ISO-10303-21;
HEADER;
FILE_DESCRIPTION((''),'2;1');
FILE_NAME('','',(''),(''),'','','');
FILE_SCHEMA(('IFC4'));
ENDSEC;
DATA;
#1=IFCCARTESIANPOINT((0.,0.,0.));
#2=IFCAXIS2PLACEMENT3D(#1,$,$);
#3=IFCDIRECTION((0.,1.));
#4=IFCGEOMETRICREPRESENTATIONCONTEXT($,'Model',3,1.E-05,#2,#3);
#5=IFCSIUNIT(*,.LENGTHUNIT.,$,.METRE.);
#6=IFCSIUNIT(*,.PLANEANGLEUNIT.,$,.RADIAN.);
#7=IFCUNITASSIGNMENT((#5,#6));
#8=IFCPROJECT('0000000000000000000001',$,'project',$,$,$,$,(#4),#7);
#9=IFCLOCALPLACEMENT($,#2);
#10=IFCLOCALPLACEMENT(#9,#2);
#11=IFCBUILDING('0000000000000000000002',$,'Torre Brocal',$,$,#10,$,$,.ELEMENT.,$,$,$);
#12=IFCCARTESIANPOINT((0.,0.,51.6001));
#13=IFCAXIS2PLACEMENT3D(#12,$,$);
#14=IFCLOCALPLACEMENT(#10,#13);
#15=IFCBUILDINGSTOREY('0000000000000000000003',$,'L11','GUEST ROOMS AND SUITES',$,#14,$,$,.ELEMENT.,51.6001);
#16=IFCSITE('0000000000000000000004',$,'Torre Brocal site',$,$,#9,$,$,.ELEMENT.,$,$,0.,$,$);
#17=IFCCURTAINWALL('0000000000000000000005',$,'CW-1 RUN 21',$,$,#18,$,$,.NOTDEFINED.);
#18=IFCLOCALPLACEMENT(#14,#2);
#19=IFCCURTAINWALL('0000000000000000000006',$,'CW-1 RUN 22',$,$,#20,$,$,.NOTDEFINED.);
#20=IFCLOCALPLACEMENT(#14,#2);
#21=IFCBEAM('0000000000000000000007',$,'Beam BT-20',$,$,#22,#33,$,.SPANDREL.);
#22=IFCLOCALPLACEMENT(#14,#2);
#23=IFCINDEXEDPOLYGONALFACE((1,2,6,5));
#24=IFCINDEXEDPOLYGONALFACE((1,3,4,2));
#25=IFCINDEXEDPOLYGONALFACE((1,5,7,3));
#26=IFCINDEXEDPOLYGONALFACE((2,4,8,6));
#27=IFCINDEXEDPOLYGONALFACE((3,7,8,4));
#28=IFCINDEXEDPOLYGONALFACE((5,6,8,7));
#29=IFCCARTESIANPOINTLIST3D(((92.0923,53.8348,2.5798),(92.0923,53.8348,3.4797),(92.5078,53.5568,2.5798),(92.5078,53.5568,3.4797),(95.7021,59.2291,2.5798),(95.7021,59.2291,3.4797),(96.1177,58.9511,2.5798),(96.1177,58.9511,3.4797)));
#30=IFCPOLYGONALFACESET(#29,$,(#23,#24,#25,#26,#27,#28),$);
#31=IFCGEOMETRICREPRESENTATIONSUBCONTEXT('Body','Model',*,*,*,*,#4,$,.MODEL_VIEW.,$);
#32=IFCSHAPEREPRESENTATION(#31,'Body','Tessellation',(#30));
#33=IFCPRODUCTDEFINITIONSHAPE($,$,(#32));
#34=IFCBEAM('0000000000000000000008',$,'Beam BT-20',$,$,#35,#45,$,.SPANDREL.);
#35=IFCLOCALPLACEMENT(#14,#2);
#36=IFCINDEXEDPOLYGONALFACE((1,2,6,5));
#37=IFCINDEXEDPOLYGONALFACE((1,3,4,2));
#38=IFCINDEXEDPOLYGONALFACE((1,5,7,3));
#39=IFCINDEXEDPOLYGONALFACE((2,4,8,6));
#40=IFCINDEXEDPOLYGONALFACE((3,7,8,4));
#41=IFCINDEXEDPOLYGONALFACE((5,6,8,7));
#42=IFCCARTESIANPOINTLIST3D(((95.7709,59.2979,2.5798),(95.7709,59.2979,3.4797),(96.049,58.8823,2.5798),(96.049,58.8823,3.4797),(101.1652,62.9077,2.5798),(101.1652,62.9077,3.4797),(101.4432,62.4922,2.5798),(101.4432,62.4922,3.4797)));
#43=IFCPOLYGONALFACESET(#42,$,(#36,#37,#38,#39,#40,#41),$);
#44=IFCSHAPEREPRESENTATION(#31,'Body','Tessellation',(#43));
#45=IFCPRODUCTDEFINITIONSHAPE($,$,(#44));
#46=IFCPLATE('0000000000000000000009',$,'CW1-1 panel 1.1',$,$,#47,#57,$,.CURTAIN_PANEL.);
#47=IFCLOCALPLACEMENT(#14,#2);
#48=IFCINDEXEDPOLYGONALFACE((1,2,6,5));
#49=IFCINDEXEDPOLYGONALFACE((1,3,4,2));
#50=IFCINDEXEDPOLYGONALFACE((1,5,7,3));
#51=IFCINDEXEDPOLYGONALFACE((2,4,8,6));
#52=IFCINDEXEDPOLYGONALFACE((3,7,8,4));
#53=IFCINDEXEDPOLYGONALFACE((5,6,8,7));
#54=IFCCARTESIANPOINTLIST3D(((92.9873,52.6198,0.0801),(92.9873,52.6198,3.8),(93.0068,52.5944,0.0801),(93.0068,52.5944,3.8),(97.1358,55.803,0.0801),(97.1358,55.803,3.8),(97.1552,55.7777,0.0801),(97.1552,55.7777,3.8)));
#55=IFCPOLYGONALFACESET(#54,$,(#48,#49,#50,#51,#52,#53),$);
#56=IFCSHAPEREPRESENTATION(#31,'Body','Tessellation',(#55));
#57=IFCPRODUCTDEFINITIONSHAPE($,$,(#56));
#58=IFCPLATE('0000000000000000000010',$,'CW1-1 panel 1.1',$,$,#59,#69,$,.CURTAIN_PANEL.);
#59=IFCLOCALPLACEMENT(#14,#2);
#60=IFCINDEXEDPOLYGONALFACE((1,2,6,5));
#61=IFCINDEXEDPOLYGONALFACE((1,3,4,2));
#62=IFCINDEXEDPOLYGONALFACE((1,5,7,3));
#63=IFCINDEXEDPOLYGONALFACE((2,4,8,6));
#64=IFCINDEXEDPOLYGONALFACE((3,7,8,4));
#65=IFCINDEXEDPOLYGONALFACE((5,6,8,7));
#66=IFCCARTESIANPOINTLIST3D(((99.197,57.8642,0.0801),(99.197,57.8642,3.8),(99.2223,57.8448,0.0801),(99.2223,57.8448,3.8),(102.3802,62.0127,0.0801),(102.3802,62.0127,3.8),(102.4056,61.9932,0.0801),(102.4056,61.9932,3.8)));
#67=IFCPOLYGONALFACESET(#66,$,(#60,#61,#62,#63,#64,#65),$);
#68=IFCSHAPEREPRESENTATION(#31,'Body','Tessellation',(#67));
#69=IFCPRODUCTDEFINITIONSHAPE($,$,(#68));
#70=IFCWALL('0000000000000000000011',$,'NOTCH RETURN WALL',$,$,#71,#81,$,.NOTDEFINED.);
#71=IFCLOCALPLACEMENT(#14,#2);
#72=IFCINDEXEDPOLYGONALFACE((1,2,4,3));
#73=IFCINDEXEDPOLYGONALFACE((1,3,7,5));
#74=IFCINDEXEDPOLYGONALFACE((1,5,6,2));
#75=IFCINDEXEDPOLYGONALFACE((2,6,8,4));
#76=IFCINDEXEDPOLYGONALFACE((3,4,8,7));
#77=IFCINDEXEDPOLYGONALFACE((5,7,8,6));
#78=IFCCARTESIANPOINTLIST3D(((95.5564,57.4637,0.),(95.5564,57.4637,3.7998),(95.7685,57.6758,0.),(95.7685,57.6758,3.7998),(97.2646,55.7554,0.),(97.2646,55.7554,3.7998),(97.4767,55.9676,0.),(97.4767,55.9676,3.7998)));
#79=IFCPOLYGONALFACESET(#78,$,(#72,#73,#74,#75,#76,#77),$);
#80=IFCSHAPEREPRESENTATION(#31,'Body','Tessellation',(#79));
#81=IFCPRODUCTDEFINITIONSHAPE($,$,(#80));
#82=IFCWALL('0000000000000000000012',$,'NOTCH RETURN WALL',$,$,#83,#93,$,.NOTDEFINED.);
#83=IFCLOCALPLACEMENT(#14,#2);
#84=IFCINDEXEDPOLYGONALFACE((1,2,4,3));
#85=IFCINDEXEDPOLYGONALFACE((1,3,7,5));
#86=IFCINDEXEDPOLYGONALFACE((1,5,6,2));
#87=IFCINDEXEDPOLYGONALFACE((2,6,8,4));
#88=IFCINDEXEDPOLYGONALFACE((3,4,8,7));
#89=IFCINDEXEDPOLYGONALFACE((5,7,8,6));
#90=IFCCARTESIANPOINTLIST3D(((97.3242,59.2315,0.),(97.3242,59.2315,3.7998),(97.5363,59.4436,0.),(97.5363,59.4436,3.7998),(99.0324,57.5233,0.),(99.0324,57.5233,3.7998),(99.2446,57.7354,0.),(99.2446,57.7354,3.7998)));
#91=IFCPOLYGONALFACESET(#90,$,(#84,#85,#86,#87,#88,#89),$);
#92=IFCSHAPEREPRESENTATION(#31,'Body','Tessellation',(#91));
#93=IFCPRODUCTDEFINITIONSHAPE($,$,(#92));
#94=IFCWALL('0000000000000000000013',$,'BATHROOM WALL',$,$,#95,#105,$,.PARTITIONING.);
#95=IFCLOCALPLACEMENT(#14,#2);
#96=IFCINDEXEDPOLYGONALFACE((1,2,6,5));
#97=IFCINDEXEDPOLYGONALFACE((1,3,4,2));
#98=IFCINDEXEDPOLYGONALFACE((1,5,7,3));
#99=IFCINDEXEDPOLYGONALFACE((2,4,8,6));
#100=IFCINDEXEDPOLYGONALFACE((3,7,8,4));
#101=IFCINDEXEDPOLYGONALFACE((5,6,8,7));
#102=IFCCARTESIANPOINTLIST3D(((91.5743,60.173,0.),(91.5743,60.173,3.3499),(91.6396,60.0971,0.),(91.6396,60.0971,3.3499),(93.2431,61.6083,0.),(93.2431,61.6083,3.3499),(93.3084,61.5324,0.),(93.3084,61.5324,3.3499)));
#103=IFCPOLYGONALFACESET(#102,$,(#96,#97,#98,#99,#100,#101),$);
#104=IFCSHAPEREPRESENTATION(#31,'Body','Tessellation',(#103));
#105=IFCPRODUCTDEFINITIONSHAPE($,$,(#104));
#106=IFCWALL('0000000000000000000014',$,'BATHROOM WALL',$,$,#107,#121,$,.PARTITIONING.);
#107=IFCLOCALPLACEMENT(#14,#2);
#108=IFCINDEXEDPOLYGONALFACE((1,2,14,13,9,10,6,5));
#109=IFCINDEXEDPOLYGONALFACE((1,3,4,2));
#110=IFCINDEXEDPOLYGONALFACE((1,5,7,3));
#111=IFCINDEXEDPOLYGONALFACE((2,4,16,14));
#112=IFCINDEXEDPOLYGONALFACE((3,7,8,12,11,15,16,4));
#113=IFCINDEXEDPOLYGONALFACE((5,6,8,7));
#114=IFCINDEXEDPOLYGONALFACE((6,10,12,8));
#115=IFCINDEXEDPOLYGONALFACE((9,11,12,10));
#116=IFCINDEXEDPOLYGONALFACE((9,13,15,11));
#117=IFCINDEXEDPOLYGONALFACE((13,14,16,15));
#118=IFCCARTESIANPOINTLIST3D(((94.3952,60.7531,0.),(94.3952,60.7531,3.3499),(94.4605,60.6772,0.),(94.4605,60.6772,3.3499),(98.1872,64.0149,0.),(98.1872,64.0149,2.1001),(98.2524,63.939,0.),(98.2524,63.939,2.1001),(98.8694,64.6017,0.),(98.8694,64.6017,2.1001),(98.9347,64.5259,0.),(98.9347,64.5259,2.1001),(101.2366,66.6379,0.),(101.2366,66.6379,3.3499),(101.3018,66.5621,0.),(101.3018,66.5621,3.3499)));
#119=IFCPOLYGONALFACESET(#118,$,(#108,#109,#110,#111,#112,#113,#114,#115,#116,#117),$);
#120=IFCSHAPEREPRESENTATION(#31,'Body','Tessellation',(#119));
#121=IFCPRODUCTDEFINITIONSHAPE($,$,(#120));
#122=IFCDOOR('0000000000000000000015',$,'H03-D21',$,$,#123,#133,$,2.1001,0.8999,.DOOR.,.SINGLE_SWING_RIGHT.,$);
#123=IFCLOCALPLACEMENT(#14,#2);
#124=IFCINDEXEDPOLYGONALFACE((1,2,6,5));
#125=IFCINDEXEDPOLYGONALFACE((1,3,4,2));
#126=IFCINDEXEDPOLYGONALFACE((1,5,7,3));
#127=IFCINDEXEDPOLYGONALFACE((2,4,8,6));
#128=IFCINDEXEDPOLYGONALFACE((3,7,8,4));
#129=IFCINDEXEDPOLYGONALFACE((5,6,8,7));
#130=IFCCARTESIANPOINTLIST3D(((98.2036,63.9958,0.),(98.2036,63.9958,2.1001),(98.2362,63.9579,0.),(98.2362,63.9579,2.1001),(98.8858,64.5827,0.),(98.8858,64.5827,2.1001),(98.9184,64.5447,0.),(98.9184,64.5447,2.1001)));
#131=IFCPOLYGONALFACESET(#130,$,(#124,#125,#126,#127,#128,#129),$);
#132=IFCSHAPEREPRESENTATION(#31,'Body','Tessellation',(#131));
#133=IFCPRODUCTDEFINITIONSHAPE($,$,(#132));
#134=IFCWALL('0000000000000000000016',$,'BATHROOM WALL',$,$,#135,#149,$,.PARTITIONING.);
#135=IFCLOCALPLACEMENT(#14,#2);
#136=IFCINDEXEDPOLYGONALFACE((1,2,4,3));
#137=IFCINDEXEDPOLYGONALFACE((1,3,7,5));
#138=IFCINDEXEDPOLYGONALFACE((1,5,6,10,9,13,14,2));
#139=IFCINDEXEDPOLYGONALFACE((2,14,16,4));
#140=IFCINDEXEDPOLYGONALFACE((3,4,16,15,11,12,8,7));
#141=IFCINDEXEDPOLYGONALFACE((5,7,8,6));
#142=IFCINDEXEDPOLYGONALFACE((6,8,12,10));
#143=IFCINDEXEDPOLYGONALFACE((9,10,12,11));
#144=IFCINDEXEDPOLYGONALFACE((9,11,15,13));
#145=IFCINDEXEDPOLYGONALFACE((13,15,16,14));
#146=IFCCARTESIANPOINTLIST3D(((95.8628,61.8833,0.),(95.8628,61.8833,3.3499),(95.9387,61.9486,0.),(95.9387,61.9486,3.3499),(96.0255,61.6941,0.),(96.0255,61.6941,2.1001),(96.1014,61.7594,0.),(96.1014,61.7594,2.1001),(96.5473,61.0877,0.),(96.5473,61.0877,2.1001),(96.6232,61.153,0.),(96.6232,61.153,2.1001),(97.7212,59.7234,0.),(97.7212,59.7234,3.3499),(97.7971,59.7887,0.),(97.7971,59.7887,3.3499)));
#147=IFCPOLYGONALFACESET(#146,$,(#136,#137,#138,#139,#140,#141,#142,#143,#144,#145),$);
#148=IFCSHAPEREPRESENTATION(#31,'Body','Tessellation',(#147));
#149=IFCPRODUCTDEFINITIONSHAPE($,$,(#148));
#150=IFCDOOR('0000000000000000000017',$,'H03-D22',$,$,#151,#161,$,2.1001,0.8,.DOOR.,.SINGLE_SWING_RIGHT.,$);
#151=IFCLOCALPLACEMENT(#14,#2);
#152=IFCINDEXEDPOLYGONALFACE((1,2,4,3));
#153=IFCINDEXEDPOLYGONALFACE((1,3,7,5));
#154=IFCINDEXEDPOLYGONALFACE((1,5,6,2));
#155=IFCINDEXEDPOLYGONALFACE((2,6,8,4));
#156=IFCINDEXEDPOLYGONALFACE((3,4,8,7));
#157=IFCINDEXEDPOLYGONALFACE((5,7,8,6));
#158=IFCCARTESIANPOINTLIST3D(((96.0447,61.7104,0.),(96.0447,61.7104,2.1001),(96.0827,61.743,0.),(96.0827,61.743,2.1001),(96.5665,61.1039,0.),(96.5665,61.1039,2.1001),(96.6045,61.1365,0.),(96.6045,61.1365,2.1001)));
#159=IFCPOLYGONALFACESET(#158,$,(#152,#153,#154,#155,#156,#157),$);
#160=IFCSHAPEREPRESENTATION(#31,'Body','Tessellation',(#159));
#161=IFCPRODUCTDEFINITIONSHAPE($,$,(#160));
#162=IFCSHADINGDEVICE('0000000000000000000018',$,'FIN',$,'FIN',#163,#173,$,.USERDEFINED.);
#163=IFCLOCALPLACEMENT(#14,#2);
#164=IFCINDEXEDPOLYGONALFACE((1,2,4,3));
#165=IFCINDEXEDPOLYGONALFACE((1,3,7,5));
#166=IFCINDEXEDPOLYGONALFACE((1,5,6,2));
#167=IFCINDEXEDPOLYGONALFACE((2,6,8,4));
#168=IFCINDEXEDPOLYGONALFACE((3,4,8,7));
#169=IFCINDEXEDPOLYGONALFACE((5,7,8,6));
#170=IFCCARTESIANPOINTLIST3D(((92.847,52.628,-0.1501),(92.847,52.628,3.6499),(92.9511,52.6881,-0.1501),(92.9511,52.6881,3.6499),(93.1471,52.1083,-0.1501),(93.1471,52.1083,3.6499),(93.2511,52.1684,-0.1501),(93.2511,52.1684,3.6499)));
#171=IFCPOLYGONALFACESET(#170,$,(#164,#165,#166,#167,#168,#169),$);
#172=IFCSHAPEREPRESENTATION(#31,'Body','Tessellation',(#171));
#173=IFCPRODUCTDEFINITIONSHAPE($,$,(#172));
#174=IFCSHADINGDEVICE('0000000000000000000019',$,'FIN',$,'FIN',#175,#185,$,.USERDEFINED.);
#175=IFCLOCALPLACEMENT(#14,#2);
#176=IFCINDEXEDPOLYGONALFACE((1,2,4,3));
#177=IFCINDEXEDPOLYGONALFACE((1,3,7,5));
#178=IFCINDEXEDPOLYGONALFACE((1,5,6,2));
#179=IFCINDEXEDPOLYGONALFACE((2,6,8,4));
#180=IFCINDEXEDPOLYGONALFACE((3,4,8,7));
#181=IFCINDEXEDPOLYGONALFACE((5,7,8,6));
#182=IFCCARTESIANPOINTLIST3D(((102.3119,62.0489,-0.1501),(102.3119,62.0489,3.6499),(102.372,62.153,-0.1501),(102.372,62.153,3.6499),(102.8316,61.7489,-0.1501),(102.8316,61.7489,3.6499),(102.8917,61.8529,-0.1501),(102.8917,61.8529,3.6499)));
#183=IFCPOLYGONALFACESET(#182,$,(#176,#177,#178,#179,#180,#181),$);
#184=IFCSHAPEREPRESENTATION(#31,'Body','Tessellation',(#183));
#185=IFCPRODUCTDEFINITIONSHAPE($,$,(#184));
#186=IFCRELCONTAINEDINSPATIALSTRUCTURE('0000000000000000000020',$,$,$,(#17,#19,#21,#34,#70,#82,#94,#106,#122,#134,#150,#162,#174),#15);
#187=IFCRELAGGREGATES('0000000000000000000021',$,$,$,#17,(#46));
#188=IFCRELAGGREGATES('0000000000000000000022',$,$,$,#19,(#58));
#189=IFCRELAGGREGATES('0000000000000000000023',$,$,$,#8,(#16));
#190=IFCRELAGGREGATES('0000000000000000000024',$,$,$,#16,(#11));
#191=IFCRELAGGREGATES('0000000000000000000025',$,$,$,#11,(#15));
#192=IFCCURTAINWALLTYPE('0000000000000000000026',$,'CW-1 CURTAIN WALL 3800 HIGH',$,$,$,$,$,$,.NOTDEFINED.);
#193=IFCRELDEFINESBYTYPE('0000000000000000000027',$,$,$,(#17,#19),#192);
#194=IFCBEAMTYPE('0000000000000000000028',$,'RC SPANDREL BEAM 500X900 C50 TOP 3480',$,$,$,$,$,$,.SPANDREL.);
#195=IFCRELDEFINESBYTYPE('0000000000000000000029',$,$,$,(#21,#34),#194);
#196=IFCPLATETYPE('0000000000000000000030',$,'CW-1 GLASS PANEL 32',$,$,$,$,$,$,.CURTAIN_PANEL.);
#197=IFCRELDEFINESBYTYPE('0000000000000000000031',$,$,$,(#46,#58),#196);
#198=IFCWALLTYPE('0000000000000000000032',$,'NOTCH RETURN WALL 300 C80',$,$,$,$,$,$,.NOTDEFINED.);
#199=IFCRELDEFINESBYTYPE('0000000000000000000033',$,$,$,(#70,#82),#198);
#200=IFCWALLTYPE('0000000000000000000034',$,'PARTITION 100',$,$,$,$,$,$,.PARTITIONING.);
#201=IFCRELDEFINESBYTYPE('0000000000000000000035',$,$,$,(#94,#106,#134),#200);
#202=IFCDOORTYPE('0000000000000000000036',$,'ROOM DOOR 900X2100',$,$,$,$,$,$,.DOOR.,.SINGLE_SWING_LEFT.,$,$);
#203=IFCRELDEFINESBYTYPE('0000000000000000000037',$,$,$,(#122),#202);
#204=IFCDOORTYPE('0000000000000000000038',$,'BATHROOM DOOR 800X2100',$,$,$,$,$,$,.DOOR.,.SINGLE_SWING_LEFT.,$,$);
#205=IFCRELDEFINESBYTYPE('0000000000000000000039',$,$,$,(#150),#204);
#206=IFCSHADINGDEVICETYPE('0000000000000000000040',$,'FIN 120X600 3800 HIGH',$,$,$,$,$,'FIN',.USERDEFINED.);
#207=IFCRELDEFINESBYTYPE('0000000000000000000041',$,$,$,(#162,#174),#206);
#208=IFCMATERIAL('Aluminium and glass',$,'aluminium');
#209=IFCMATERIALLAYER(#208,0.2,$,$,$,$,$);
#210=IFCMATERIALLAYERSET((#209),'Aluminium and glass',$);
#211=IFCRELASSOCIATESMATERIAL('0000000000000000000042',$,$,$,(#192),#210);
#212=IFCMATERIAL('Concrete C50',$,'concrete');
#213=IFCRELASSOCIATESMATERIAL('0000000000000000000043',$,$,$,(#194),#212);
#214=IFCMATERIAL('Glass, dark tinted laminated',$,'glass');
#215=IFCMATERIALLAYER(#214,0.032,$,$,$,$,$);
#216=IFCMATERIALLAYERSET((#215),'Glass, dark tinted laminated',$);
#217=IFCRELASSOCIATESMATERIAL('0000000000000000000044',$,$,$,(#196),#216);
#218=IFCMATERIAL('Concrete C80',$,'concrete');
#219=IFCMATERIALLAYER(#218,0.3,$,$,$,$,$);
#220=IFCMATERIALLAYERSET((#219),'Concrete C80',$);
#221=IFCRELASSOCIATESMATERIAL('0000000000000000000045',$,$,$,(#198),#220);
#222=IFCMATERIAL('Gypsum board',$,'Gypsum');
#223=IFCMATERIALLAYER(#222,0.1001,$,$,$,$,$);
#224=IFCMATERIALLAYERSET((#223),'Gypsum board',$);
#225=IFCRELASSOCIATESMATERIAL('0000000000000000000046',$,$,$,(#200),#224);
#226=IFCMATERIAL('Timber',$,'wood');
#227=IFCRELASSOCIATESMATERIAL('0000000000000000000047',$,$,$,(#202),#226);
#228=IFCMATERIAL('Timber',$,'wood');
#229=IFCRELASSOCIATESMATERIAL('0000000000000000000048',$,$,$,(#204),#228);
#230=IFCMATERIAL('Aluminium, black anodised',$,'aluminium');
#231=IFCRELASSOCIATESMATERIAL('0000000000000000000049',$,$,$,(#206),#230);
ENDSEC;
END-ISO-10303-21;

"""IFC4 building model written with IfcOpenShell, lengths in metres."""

from ifc_helpers import new_model, si_unit, direction, frame, frame_2d, origin, origin_2d, place, context, subcontext, project, spatial, rectangle, extrude, material, layer, layer_set, material_profile, profile_set, type_object, element, fill, aggregate, save


model = new_model("IFC4")

# Units and contexts
model_context = context("Model", 3, precision=1e-05, world=origin(), true_north=direction((0.0, 1.0)))
body_context = subcontext(model_context, "Body", "Model", "MODEL_VIEW")
ifc_project = project(units=[si_unit("LENGTHUNIT", "METRE"), si_unit("PLANEANGLEUNIT", "RADIAN")], contexts=[model_context])

# Site, building, storey
site_placement = place(None, origin())
site = spatial("IfcSite", under=ifc_project, at=site_placement, Name="Torre Brocal site", CompositionType="ELEMENT", RefElevation=0.0)
building_placement = place(site_placement, origin())
building = spatial("IfcBuilding", under=site, at=building_placement, Name="Torre Brocal", CompositionType="ELEMENT")
storey_placement = place(building_placement, frame((0.0, 0.0, 51.6001)))
storey = spatial("IfcBuildingStorey", under=building, at=storey_placement, Name="L11", Description="GUEST ROOMS AND SUITES", CompositionType="ELEMENT", Elevation=51.6001)

# Shared definitions
ifc_material_1 = material(Name="Aluminium and glass", Category="aluminium")
ifc_layer_1 = layer(ifc_material_1, 0.2)
ifc_layer_set_1 = layer_set([ifc_layer_1], Name="Aluminium and glass")
curtain_wall_type = type_object("IfcCurtainWallType", Name="CW-1 CURTAIN WALL 3800 HIGH", PredefinedType="NOTDEFINED", material=ifc_layer_set_1)

# Curtain walls
curtain_wall_1_placement = place(storey_placement, origin())
curtain_wall_1 = element("IfcCurtainWall", 1, at=curtain_wall_1_placement, inside=storey, type_object=curtain_wall_type, Name="CW-1 RUN 21", PredefinedType="NOTDEFINED")
curtain_wall_2_placement = place(storey_placement, origin())
curtain_wall_2 = element("IfcCurtainWall", 2, at=curtain_wall_2_placement, inside=storey, type_object=curtain_wall_type, Name="CW-1 RUN 22", PredefinedType="NOTDEFINED")

# Beams
ifc_material_2 = material(Name="Concrete C50", Category="concrete")
ifc_material_profile_1 = material_profile(ifc_material_2, rectangle(XDim=0.5, YDim=0.8999, at=origin_2d()), Name="RC 500X900")
ifc_profile_set_1 = profile_set([ifc_material_profile_1], Name="Concrete C50")
beam_type_1 = type_object("IfcBeamType", Name="RC SPANDREL BEAM 500X900 C50 TOP 3480", PredefinedType="SPANDREL", material=ifc_profile_set_1)
for number, where, z_axis, x_axis, name in (
    (3, (92.3, 53.6958, 3.0298), (0.556158, 0.831077, 0.0), (-0.831077, 0.556158, 0.0), "Beam BT-20"),
    (4, (95.9099, 59.0901, 3.0298), (0.831077, 0.556158, 0.0), (-0.556158, 0.831077, 0.0), "Beam BT-20"),
):
    element("IfcBeam", number, at=place(storey_placement, frame(where, z_axis=z_axis, x_axis=x_axis)), inside=storey, type_object=beam_type_1, Name=name, PredefinedType="SPANDREL", context=body_context, shape_type="SweptSolid", body=[
        extrude(rectangle(XDim=0.5, YDim=0.8999, at=origin_2d()), origin(), (0.0, 0.0, 1.0), 6.4907),
    ])

# Plates
ifc_material_3 = material(Name="Glass, dark tinted laminated", Category="glass")
ifc_layer_2 = layer(ifc_material_3, 0.032)
ifc_layer_set_2 = layer_set([ifc_layer_2], Name="Glass, dark tinted laminated")
plate_type = type_object("IfcPlateType", Name="CW-1 GLASS PANEL 32", PredefinedType="CURTAIN_PANEL", material=ifc_layer_set_2)
plate_1_placement = place(storey_placement, frame((95.0713, 54.1987, 0.0801), z_axis=(0.0, 0.0, 1.0), x_axis=(0.793353, 0.608761, 0.0)))
plate_1 = element("IfcPlate", 5, at=plate_1_placement, type_object=plate_type, Name="CW1-1 panel 1.1", PredefinedType="CURTAIN_PANEL", context=body_context, shape_type="SweptSolid", body=[
    extrude(rectangle(XDim=5.229, YDim=0.032, at=origin_2d()), origin(), (0.0, 0.0, 1.0), 3.72),
])
aggregate(curtain_wall_1, [plate_1])
plate_2_placement = place(storey_placement, frame((100.8013, 59.9287, 0.0801), z_axis=(0.0, 0.0, 1.0), x_axis=(0.608761, 0.793353, 0.0)))
plate_2 = element("IfcPlate", 6, at=plate_2_placement, type_object=plate_type, Name="CW1-1 panel 1.1", PredefinedType="CURTAIN_PANEL", context=body_context, shape_type="SweptSolid", body=[
    extrude(rectangle(XDim=5.229, YDim=0.032, at=origin_2d()), origin(), (0.0, 0.0, 1.0), 3.72),
])
aggregate(curtain_wall_2, [plate_2])

# Walls
ifc_material_4 = material(Name="Concrete C80", Category="concrete")
ifc_layer_3 = layer(ifc_material_4, 0.3)
ifc_layer_set_3 = layer_set([ifc_layer_3], Name="Concrete C80")
wall_type_1 = type_object("IfcWallType", Name="NOTCH RETURN WALL 300 C80", PredefinedType="NOTDEFINED", material=ifc_layer_set_3)
for number, where, z_axis, x_axis, name in (
    (7, (95.6624, 57.5698, 0.0), (0.0, 0.0, 1.0), (0.707107, -0.707107, 0.0), "NOTCH RETURN WALL"),
    (8, (97.4302, 59.3376, 0.0), (0.0, 0.0, 1.0), (0.707107, -0.707107, 0.0), "NOTCH RETURN WALL"),
):
    element("IfcWall", number, at=place(storey_placement, frame(where, z_axis=z_axis, x_axis=x_axis)), inside=storey, type_object=wall_type_1, Name=name, PredefinedType="NOTDEFINED", context=body_context, shape_type="SweptSolid", body=[
        extrude(rectangle(XDim=2.4158, YDim=0.3, at=frame_2d((1.208, 0.0))), origin(), (0.0, 0.0, 1.0), 3.7998),
    ])
ifc_material_5 = material(Name="Gypsum board", Category="Gypsum")
ifc_layer_4 = layer(ifc_material_5, 0.1001)
ifc_layer_set_4 = layer_set([ifc_layer_4], Name="Gypsum board")
wall_type_2 = type_object("IfcWallType", Name="PARTITION 100", PredefinedType="PARTITIONING", material=ifc_layer_set_4)
wall_1_placement = place(storey_placement, frame((91.6069, 60.135, 0.0), z_axis=(0.0, 0.0, 1.0), x_axis=(0.758136, 0.652097, 0.0)))
element("IfcWall", 9, at=wall_1_placement, inside=storey, type_object=wall_type_2, Name="BATHROOM WALL", PredefinedType="PARTITIONING", context=body_context, shape_type="SweptSolid", body=[
    extrude(rectangle(XDim=2.2012, YDim=0.1001, at=frame_2d((1.1006, 0.0))), origin(), (0.0, 0.0, 1.0), 3.3499),
])

# Walls, openings, doors
wall_2_placement = place(storey_placement, frame((94.4277, 60.7151, 0.0), z_axis=(0.0, 0.0, 1.0), x_axis=(0.758117, 0.652118, 0.0)))
wall_2 = element("IfcWall", 10, at=wall_2_placement, inside=storey, type_object=wall_type_2, Name="BATHROOM WALL", PredefinedType="PARTITIONING", context=body_context, shape_type="SweptSolid", body=[
    extrude(rectangle(XDim=9.0242, YDim=0.1001, at=frame_2d((4.5122, 0.0))), origin(), (0.0, 0.0, 1.0), 3.3499),
])
opening_1_placement = place(wall_2_placement, frame((5.002, 0.0, 0.0)))
opening_1 = element("IfcOpeningElement", 11, at=opening_1_placement, cuts=wall_2, PredefinedType="OPENING", context=body_context, shape_type="SweptSolid", body=[
    extrude(rectangle(XDim=0.8999, YDim=2.1001, at=frame_2d((0.45, 1.05))), frame((0.0, 0.0601, 0.0), z_axis=(0.0, -1.0, 0.0), x_axis=(1.0, 0.0, 0.0)), (0.0, 0.0, 1.0), 0.1201),
])
ifc_material_6 = material(Name="Timber", Category="wood")
door_type_1 = type_object("IfcDoorType", Name="ROOM DOOR 900X2100", OperationType="SINGLE_SWING_LEFT", PredefinedType="DOOR", material=ifc_material_6)
door_1_placement = place(opening_1_placement, origin())
door_1 = element("IfcDoor", 12, at=door_1_placement, inside=storey, type_object=door_type_1, Name="H03-D21", OperationType="SINGLE_SWING_RIGHT", OverallHeight=2.1001, OverallWidth=0.8999, PredefinedType="DOOR", context=body_context, shape_type="SweptSolid", body=[
    extrude(rectangle(XDim=0.8999, YDim=2.1001, at=frame_2d((0.45, 1.05))), frame((0.0, 0.0249, 0.0), z_axis=(0.0, -1.0, 0.0), x_axis=(1.0, 0.0, 0.0)), (0.0, 0.0, 1.0), 0.05),
])
fill(opening_1, door_1)
wall_3_placement = place(storey_placement, frame((95.9006, 61.916, 0.0), z_axis=(0.0, 0.0, 1.0), x_axis=(0.652216, -0.758034, 0.0)))
wall_3 = element("IfcWall", 13, at=wall_3_placement, inside=storey, type_object=wall_type_2, Name="BATHROOM WALL", PredefinedType="PARTITIONING", context=body_context, shape_type="SweptSolid", body=[
    extrude(rectangle(XDim=2.8494, YDim=0.1001, at=frame_2d((1.4248, 0.0))), origin(), (0.0, 0.0, 1.0), 3.3499),
])
opening_2_placement = place(wall_3_placement, frame((0.2498, 0.0, 0.0)))
opening_2 = element("IfcOpeningElement", 14, at=opening_2_placement, cuts=wall_3, PredefinedType="OPENING", context=body_context, shape_type="SweptSolid", body=[
    extrude(rectangle(XDim=0.8, YDim=2.1001, at=frame_2d((0.3999, 1.05))), frame((0.0, 0.0601, 0.0), z_axis=(0.0, -1.0, 0.0), x_axis=(1.0, 0.0, 0.0)), (0.0, 0.0, 1.0), 0.1201),
])
ifc_material_7 = material(Name="Timber", Category="wood")
door_type_2 = type_object("IfcDoorType", Name="BATHROOM DOOR 800X2100", OperationType="SINGLE_SWING_LEFT", PredefinedType="DOOR", material=ifc_material_7)
door_2_placement = place(opening_2_placement, frame((0.8, 0.0, 0.0), z_axis=(0.0, 0.0, 1.0), x_axis=(-1.0, 0.0, 0.0)))
door_2 = element("IfcDoor", 15, at=door_2_placement, inside=storey, type_object=door_type_2, Name="H03-D22", OperationType="SINGLE_SWING_RIGHT", OverallHeight=2.1001, OverallWidth=0.8, PredefinedType="DOOR", context=body_context, shape_type="SweptSolid", body=[
    extrude(rectangle(XDim=0.8, YDim=2.1001, at=frame_2d((0.3999, 1.05))), frame((0.0, 0.0249, 0.0), z_axis=(0.0, -1.0, 0.0), x_axis=(1.0, 0.0, 0.0)), (0.0, 0.0, 1.0), 0.05),
])
fill(opening_2, door_2)

# Shading devices
ifc_material_8 = material(Name="Aluminium, black anodised", Category="aluminium")
ifc_material_profile_2 = material_profile(ifc_material_8, rectangle(XDim=0.1201, YDim=0.6001, at=origin_2d()), Name="FIN 120X600 3800 HIGH")
ifc_profile_set_2 = profile_set([ifc_material_profile_2], Name="Aluminium, black anodised")
shading_device_type = type_object("IfcShadingDeviceType", Name="FIN 120X600 3800 HIGH", ElementType="FIN", PredefinedType="USERDEFINED", material=ifc_profile_set_2)
for number, where, z_axis, x_axis, name in (
    (16, (93.0491, 52.3982, -0.1501), (0.0, 0.0, 1.0), (0.866025, 0.5, 0.0), "FIN"),
    (17, (102.6018, 61.9509, -0.1501), (0.0, 0.0, 1.0), (0.5, 0.866025, 0.0), "FIN"),
):
    element("IfcShadingDevice", number, at=place(storey_placement, frame(where, z_axis=z_axis, x_axis=x_axis)), inside=storey, type_object=shading_device_type, Name=name, ObjectType="FIN", PredefinedType="USERDEFINED", context=body_context, shape_type="SweptSolid", body=[
        extrude(rectangle(XDim=0.1201, YDim=0.6001, at=origin_2d()), origin(), (0.0, 0.0, 1.0), 3.8),
    ])

save(model, "model.ifc")
